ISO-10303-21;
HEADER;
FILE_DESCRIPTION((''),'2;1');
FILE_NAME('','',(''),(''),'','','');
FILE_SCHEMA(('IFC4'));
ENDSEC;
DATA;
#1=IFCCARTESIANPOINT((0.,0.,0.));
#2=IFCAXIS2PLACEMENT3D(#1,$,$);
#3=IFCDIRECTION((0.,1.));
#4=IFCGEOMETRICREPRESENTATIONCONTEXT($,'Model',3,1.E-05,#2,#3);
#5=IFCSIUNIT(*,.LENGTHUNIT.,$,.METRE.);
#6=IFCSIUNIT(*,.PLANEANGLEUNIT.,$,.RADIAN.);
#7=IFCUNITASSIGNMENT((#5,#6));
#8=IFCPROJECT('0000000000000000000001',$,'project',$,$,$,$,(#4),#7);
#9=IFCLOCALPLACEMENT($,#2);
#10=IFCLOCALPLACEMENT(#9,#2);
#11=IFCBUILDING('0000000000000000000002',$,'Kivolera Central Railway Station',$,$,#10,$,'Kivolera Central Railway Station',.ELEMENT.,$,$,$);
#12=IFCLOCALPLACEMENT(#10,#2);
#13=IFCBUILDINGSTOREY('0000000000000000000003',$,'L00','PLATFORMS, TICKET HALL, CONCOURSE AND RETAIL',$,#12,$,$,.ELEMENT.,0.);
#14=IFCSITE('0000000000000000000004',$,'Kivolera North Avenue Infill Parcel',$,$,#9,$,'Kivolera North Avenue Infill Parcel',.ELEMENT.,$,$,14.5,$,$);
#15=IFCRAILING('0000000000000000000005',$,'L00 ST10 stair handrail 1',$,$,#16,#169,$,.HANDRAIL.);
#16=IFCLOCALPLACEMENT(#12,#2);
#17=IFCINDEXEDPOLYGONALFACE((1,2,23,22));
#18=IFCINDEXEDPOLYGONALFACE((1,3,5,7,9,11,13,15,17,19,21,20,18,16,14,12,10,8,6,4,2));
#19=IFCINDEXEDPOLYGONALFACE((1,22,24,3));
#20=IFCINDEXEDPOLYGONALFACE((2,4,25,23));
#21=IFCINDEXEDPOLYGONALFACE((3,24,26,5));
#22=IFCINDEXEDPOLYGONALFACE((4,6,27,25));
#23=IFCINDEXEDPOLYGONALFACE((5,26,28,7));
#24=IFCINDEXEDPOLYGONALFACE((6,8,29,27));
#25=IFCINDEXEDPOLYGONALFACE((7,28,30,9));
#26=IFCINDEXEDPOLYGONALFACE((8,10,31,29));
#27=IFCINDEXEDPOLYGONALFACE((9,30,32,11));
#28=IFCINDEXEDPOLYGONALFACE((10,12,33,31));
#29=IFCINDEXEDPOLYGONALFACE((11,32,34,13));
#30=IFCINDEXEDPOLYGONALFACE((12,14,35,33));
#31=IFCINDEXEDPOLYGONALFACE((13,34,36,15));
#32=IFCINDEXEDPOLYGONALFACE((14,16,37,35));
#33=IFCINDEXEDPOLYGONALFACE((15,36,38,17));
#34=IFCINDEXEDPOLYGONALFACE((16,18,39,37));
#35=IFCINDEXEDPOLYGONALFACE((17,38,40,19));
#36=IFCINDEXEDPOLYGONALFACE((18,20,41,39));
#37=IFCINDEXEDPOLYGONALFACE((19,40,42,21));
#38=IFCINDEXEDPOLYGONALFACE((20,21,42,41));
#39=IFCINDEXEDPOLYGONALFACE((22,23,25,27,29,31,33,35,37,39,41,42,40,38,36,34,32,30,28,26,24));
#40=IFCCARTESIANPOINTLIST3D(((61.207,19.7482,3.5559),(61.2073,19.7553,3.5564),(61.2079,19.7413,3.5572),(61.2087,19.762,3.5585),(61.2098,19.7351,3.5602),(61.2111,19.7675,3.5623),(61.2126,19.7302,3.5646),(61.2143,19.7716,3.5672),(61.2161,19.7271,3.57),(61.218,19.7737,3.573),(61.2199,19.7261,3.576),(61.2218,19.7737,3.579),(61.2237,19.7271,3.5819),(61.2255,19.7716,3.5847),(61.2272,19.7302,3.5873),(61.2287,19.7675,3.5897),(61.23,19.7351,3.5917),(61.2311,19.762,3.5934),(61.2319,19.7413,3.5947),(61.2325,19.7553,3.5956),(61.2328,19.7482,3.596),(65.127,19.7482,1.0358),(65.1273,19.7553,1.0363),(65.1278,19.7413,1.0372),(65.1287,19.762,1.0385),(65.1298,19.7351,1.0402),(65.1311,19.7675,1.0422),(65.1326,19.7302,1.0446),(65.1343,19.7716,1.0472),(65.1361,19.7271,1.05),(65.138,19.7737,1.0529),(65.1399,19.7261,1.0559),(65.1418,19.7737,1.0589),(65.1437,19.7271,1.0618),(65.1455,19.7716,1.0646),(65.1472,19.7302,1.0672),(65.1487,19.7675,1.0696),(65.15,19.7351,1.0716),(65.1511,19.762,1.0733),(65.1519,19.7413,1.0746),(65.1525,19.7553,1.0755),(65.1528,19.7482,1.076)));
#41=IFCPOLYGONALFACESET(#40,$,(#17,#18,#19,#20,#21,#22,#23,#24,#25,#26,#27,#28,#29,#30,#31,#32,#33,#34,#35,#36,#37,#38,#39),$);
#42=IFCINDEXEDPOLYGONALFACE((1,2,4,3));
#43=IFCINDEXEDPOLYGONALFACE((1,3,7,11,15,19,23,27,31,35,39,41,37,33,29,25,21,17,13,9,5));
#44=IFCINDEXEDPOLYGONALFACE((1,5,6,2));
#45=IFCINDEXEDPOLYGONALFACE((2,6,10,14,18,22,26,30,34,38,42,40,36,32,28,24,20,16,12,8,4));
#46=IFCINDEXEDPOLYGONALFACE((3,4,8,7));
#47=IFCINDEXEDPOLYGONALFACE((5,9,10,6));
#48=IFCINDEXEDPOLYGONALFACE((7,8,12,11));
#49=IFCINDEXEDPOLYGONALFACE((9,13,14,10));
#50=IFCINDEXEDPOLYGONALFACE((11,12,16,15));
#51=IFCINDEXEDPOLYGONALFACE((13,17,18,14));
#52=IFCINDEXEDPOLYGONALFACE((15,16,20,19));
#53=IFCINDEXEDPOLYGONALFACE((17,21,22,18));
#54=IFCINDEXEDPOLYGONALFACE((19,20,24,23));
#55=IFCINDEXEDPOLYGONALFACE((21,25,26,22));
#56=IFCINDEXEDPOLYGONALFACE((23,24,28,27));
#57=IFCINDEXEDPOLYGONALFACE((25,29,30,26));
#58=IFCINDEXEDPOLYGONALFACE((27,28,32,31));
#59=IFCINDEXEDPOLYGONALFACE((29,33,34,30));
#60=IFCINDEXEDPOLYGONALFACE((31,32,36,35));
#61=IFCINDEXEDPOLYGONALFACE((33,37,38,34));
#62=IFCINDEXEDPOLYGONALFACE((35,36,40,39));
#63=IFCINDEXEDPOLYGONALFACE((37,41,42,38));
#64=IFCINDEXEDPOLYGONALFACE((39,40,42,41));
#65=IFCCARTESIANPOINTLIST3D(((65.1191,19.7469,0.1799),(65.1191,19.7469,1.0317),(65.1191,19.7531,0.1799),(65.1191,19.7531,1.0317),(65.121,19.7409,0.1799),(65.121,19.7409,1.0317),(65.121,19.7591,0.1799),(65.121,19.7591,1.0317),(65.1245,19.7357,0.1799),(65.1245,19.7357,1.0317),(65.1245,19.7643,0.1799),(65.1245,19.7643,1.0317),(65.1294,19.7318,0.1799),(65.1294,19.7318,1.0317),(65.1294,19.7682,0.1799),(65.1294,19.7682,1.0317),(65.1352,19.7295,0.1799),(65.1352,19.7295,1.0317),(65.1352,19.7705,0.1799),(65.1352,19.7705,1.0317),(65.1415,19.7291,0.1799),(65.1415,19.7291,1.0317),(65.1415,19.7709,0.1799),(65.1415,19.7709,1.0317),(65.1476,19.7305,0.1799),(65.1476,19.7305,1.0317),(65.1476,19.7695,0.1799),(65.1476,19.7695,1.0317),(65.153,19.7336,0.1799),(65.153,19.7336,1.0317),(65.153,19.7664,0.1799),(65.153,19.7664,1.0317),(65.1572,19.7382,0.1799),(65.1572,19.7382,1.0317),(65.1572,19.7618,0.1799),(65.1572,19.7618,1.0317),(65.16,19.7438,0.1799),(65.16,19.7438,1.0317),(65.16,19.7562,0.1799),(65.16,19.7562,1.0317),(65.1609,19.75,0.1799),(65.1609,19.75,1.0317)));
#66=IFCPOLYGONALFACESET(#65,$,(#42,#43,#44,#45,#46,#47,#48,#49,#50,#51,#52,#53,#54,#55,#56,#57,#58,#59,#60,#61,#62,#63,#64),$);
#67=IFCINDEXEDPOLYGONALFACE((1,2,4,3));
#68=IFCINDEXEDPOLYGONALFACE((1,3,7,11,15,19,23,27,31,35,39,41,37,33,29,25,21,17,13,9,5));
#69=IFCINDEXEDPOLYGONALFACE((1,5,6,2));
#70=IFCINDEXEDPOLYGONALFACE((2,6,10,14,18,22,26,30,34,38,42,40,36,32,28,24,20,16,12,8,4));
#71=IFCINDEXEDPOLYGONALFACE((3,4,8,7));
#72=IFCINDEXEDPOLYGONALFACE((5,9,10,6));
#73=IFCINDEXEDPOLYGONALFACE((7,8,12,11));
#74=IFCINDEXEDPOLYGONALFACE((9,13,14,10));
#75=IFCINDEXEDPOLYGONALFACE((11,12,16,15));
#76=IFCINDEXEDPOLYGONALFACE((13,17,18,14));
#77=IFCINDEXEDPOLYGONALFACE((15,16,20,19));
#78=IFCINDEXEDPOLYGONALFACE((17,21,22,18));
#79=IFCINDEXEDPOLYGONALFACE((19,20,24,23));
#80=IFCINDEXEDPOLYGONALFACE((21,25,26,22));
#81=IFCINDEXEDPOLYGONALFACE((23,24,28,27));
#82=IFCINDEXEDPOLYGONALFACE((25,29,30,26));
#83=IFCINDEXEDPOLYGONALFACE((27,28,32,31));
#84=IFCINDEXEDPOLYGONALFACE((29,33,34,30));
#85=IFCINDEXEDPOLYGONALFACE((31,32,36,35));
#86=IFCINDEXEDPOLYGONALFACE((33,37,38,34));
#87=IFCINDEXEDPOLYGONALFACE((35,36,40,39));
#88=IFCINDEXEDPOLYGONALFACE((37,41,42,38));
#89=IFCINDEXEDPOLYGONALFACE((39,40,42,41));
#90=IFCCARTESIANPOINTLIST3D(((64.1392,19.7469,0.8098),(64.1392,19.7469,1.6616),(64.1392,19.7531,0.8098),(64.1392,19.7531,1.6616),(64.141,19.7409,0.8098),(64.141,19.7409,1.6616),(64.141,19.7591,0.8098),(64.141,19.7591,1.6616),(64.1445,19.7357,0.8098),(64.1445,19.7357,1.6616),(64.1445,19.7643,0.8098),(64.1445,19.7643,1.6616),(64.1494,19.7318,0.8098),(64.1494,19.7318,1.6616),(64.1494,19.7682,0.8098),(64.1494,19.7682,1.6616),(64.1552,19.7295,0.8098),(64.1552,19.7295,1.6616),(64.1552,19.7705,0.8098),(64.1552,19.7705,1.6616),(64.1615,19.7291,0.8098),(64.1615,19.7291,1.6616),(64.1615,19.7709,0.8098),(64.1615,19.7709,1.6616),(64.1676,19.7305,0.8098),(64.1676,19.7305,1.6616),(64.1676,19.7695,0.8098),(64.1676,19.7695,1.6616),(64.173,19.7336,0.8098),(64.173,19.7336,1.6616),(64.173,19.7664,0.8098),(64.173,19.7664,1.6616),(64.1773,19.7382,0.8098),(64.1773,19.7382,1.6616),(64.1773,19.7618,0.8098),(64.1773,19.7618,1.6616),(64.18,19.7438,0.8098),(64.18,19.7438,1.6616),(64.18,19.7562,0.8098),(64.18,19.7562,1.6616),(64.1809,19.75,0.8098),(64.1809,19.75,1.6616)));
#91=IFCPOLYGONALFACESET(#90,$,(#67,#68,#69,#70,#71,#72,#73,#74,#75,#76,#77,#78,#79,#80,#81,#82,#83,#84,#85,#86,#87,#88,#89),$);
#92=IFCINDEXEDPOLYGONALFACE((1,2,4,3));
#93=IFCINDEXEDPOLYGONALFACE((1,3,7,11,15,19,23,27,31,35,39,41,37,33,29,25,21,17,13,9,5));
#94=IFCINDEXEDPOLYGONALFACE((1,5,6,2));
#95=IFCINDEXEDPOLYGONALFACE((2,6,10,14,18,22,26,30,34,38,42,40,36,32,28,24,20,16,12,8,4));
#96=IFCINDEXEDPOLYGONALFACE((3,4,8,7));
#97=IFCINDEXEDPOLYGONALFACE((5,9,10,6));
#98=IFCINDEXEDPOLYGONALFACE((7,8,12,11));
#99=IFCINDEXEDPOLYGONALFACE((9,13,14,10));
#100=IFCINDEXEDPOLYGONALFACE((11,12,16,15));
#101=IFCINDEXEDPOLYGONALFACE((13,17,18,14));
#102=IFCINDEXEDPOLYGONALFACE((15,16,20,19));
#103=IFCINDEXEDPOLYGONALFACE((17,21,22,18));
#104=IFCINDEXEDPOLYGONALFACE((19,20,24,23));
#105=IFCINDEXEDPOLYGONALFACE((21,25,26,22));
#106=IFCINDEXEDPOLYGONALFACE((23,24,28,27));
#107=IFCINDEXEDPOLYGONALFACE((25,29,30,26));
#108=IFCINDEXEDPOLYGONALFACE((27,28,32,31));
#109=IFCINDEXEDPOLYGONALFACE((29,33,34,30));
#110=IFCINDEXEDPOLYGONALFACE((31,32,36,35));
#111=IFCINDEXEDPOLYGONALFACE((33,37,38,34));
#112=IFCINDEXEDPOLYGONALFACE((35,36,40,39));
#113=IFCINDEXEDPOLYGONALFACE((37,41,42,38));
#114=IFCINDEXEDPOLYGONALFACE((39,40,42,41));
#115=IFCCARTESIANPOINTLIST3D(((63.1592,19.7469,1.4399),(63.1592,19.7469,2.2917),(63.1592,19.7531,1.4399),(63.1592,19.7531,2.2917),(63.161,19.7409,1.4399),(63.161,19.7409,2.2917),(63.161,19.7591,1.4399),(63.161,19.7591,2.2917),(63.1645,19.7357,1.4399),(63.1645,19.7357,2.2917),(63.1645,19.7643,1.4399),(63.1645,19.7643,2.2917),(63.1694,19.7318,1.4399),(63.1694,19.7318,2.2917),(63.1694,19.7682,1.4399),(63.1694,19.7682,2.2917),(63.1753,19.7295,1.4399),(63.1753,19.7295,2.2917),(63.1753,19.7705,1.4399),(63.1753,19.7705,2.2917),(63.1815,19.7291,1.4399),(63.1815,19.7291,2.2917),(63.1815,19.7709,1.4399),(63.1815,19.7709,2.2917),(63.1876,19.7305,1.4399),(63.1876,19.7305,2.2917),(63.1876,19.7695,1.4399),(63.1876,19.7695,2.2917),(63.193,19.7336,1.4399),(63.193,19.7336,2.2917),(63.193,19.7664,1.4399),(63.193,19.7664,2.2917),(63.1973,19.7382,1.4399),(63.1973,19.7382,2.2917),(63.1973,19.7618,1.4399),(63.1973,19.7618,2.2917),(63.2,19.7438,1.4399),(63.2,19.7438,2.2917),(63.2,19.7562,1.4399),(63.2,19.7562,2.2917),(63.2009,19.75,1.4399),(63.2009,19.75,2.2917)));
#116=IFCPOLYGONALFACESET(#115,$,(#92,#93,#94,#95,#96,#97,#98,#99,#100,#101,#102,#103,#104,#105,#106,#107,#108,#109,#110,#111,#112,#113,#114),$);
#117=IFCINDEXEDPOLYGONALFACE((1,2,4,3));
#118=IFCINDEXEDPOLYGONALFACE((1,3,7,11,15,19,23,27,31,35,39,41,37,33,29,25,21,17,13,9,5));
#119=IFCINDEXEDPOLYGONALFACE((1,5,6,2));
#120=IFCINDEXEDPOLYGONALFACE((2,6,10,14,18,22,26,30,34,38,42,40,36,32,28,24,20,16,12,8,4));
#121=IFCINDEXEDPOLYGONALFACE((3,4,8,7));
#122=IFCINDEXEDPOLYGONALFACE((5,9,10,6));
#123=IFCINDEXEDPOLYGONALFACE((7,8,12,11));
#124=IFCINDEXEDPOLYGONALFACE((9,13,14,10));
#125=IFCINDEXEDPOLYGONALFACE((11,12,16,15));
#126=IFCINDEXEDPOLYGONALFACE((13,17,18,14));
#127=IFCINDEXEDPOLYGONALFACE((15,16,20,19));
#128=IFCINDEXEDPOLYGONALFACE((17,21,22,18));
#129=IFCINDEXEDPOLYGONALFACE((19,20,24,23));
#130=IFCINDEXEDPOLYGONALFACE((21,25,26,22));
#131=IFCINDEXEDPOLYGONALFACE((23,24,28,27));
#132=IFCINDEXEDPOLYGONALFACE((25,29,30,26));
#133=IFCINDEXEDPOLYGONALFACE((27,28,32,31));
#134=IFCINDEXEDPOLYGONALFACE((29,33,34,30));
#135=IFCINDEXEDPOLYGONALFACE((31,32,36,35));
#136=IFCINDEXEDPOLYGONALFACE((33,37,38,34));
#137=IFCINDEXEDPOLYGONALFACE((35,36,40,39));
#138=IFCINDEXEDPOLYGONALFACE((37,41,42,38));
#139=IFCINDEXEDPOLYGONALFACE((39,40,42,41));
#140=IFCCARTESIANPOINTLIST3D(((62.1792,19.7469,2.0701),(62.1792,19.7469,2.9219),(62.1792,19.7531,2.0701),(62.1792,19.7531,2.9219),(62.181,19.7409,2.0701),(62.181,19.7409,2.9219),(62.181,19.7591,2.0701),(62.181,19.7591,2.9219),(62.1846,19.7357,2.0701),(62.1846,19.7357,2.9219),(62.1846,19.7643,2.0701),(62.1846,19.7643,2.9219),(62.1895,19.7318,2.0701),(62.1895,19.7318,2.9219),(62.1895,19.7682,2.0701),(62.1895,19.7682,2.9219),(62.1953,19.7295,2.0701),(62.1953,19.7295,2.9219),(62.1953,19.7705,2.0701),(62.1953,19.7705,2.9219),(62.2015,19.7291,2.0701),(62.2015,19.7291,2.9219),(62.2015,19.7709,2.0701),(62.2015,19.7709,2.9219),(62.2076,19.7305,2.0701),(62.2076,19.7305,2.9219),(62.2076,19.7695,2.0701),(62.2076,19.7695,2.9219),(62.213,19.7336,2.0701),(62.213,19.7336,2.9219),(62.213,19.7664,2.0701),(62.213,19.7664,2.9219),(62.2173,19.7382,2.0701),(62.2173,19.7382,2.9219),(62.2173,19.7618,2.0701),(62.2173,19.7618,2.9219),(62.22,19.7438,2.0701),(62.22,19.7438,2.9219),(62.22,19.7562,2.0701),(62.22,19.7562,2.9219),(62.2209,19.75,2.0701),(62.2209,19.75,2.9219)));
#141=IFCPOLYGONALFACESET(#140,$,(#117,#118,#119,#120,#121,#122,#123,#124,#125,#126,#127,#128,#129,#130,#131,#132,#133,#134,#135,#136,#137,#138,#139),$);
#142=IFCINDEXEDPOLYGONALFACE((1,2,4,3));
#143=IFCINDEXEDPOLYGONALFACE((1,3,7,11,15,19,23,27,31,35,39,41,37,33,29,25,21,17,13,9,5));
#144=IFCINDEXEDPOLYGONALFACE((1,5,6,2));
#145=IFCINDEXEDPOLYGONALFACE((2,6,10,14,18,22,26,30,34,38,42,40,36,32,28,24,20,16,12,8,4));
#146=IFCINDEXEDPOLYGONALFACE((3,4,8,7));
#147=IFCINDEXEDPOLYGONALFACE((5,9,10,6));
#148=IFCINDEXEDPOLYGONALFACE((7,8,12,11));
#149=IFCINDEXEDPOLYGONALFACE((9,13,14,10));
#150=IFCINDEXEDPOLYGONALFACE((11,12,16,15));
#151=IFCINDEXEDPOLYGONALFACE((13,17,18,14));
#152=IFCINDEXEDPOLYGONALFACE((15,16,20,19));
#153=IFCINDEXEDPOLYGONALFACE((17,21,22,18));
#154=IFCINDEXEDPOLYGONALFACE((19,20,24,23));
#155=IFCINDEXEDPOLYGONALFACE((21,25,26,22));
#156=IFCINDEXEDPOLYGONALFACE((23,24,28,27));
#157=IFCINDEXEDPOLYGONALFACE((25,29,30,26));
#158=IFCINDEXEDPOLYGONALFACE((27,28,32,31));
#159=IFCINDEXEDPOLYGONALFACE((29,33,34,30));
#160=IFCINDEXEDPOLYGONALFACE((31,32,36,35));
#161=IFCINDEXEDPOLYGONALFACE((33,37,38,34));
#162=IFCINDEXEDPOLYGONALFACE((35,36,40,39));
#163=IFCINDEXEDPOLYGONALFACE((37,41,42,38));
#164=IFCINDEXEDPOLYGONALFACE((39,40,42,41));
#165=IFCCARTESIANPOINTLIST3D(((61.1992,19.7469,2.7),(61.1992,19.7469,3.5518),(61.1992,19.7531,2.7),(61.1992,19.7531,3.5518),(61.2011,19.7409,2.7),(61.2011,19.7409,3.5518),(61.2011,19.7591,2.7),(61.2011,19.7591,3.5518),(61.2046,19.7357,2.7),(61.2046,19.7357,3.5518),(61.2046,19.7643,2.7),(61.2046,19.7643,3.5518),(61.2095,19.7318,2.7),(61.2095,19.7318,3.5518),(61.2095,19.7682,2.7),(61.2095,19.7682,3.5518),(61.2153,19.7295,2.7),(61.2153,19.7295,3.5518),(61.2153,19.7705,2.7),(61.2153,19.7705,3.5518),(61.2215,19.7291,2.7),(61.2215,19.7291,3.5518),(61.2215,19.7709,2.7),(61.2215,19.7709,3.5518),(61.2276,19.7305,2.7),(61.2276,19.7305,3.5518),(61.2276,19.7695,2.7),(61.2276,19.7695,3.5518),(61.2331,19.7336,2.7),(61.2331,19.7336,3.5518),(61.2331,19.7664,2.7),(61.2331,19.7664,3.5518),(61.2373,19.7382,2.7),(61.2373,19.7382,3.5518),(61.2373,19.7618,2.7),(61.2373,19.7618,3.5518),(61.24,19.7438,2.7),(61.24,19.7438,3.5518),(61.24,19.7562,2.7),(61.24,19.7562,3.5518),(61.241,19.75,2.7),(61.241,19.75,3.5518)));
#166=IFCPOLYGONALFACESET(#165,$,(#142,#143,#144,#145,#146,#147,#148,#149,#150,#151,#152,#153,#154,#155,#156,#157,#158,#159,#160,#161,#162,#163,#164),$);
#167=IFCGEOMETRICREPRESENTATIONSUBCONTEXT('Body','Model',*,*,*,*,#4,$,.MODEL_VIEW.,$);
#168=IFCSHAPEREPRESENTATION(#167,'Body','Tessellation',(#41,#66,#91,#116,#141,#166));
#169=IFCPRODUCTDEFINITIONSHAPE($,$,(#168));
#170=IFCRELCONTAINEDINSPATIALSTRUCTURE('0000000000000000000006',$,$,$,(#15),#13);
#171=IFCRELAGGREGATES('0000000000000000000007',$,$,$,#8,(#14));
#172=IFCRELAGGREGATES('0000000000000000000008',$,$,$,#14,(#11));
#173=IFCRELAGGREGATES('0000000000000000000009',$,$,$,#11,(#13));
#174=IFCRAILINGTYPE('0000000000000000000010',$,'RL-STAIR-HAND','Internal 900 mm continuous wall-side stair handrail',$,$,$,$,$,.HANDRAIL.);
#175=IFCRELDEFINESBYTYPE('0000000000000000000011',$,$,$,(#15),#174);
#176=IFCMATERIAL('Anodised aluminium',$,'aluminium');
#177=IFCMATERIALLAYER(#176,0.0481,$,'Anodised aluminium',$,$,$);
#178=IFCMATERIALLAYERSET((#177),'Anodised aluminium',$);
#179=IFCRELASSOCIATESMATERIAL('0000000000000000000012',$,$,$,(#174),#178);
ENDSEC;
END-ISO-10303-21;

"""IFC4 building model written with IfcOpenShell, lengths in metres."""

from ifc_helpers import new_model, si_unit, direction, frame, origin, origin_2d, place, context, subcontext, project, spatial, circle, extrude, material, layer, layer_set, type_object, element, save


model = new_model("IFC4")

# Units and contexts
model_context = context("Model", 3, precision=1e-05, world=origin(), true_north=direction((0.0, 1.0)))
body_context = subcontext(model_context, "Body", "Model", "MODEL_VIEW")
ifc_project = project(units=[si_unit("LENGTHUNIT", "METRE"), si_unit("PLANEANGLEUNIT", "RADIAN")], contexts=[model_context])

# Site, building, storey
site_placement = place(None, origin())
site = spatial("IfcSite", under=ifc_project, at=site_placement, Name="Kivolera North Avenue Infill Parcel", LongName="Kivolera North Avenue Infill Parcel", CompositionType="ELEMENT", RefElevation=14.5)
building_placement = place(site_placement, origin())
building = spatial("IfcBuilding", under=site, at=building_placement, Name="Kivolera Central Railway Station", LongName="Kivolera Central Railway Station", CompositionType="ELEMENT")
storey_placement = place(building_placement, origin())
storey = spatial("IfcBuildingStorey", under=building, at=storey_placement, Name="L00", Description="PLATFORMS, TICKET HALL, CONCOURSE AND RETAIL", CompositionType="ELEMENT", Elevation=0.0)

# Shared definitions
ifc_material_1 = material(Name="Anodised aluminium", Category="aluminium")

# Railing
ifc_layer_1 = layer(ifc_material_1, 0.0481, Name="Anodised aluminium")
ifc_layer_set_1 = layer_set([ifc_layer_1], Name="Anodised aluminium")
railing_type_1 = type_object("IfcRailingType", Name="RL-STAIR-HAND", Description="Internal 900 mm continuous wall-side stair handrail", PredefinedType="HANDRAIL", material=ifc_layer_set_1)
railing_1_placement = place(storey_placement, frame((65.1399, 19.75, 0.1799)))
element("IfcRailing", 1, at=railing_1_placement, inside=storey, type_object=railing_type_1, Name="L00 ST10 stair handrail 1", PredefinedType="HANDRAIL", context=body_context, shape_type="SweptSolid", body=[
    extrude(circle(Radius=0.0239, at=origin_2d()), frame((0.0, 0.0, 0.876), z_axis=(-0.841172, 0.0, 0.540768), x_axis=(0.0, -1.0, 0.0)), (0.0, 0.0, 1.0), 4.6602),
    extrude(circle(Radius=0.021, at=origin_2d()), origin(), (0.0, 0.0, 1.0), 0.8518),
    extrude(circle(Radius=0.021, at=origin_2d()), frame((-0.98, 0.0, 0.6299)), (0.0, 0.0, 1.0), 0.8518),
    extrude(circle(Radius=0.021, at=origin_2d()), frame((-1.96, 0.0, 1.26)), (0.0, 0.0, 1.0), 0.8518),
    extrude(circle(Radius=0.021, at=origin_2d()), frame((-2.9399, 0.0, 1.8901)), (0.0, 0.0, 1.0), 0.8518),
    extrude(circle(Radius=0.021, at=origin_2d()), frame((-3.9199, 0.0, 2.52)), (0.0, 0.0, 1.0), 0.8518),
])

save(model, "model.ifc")
